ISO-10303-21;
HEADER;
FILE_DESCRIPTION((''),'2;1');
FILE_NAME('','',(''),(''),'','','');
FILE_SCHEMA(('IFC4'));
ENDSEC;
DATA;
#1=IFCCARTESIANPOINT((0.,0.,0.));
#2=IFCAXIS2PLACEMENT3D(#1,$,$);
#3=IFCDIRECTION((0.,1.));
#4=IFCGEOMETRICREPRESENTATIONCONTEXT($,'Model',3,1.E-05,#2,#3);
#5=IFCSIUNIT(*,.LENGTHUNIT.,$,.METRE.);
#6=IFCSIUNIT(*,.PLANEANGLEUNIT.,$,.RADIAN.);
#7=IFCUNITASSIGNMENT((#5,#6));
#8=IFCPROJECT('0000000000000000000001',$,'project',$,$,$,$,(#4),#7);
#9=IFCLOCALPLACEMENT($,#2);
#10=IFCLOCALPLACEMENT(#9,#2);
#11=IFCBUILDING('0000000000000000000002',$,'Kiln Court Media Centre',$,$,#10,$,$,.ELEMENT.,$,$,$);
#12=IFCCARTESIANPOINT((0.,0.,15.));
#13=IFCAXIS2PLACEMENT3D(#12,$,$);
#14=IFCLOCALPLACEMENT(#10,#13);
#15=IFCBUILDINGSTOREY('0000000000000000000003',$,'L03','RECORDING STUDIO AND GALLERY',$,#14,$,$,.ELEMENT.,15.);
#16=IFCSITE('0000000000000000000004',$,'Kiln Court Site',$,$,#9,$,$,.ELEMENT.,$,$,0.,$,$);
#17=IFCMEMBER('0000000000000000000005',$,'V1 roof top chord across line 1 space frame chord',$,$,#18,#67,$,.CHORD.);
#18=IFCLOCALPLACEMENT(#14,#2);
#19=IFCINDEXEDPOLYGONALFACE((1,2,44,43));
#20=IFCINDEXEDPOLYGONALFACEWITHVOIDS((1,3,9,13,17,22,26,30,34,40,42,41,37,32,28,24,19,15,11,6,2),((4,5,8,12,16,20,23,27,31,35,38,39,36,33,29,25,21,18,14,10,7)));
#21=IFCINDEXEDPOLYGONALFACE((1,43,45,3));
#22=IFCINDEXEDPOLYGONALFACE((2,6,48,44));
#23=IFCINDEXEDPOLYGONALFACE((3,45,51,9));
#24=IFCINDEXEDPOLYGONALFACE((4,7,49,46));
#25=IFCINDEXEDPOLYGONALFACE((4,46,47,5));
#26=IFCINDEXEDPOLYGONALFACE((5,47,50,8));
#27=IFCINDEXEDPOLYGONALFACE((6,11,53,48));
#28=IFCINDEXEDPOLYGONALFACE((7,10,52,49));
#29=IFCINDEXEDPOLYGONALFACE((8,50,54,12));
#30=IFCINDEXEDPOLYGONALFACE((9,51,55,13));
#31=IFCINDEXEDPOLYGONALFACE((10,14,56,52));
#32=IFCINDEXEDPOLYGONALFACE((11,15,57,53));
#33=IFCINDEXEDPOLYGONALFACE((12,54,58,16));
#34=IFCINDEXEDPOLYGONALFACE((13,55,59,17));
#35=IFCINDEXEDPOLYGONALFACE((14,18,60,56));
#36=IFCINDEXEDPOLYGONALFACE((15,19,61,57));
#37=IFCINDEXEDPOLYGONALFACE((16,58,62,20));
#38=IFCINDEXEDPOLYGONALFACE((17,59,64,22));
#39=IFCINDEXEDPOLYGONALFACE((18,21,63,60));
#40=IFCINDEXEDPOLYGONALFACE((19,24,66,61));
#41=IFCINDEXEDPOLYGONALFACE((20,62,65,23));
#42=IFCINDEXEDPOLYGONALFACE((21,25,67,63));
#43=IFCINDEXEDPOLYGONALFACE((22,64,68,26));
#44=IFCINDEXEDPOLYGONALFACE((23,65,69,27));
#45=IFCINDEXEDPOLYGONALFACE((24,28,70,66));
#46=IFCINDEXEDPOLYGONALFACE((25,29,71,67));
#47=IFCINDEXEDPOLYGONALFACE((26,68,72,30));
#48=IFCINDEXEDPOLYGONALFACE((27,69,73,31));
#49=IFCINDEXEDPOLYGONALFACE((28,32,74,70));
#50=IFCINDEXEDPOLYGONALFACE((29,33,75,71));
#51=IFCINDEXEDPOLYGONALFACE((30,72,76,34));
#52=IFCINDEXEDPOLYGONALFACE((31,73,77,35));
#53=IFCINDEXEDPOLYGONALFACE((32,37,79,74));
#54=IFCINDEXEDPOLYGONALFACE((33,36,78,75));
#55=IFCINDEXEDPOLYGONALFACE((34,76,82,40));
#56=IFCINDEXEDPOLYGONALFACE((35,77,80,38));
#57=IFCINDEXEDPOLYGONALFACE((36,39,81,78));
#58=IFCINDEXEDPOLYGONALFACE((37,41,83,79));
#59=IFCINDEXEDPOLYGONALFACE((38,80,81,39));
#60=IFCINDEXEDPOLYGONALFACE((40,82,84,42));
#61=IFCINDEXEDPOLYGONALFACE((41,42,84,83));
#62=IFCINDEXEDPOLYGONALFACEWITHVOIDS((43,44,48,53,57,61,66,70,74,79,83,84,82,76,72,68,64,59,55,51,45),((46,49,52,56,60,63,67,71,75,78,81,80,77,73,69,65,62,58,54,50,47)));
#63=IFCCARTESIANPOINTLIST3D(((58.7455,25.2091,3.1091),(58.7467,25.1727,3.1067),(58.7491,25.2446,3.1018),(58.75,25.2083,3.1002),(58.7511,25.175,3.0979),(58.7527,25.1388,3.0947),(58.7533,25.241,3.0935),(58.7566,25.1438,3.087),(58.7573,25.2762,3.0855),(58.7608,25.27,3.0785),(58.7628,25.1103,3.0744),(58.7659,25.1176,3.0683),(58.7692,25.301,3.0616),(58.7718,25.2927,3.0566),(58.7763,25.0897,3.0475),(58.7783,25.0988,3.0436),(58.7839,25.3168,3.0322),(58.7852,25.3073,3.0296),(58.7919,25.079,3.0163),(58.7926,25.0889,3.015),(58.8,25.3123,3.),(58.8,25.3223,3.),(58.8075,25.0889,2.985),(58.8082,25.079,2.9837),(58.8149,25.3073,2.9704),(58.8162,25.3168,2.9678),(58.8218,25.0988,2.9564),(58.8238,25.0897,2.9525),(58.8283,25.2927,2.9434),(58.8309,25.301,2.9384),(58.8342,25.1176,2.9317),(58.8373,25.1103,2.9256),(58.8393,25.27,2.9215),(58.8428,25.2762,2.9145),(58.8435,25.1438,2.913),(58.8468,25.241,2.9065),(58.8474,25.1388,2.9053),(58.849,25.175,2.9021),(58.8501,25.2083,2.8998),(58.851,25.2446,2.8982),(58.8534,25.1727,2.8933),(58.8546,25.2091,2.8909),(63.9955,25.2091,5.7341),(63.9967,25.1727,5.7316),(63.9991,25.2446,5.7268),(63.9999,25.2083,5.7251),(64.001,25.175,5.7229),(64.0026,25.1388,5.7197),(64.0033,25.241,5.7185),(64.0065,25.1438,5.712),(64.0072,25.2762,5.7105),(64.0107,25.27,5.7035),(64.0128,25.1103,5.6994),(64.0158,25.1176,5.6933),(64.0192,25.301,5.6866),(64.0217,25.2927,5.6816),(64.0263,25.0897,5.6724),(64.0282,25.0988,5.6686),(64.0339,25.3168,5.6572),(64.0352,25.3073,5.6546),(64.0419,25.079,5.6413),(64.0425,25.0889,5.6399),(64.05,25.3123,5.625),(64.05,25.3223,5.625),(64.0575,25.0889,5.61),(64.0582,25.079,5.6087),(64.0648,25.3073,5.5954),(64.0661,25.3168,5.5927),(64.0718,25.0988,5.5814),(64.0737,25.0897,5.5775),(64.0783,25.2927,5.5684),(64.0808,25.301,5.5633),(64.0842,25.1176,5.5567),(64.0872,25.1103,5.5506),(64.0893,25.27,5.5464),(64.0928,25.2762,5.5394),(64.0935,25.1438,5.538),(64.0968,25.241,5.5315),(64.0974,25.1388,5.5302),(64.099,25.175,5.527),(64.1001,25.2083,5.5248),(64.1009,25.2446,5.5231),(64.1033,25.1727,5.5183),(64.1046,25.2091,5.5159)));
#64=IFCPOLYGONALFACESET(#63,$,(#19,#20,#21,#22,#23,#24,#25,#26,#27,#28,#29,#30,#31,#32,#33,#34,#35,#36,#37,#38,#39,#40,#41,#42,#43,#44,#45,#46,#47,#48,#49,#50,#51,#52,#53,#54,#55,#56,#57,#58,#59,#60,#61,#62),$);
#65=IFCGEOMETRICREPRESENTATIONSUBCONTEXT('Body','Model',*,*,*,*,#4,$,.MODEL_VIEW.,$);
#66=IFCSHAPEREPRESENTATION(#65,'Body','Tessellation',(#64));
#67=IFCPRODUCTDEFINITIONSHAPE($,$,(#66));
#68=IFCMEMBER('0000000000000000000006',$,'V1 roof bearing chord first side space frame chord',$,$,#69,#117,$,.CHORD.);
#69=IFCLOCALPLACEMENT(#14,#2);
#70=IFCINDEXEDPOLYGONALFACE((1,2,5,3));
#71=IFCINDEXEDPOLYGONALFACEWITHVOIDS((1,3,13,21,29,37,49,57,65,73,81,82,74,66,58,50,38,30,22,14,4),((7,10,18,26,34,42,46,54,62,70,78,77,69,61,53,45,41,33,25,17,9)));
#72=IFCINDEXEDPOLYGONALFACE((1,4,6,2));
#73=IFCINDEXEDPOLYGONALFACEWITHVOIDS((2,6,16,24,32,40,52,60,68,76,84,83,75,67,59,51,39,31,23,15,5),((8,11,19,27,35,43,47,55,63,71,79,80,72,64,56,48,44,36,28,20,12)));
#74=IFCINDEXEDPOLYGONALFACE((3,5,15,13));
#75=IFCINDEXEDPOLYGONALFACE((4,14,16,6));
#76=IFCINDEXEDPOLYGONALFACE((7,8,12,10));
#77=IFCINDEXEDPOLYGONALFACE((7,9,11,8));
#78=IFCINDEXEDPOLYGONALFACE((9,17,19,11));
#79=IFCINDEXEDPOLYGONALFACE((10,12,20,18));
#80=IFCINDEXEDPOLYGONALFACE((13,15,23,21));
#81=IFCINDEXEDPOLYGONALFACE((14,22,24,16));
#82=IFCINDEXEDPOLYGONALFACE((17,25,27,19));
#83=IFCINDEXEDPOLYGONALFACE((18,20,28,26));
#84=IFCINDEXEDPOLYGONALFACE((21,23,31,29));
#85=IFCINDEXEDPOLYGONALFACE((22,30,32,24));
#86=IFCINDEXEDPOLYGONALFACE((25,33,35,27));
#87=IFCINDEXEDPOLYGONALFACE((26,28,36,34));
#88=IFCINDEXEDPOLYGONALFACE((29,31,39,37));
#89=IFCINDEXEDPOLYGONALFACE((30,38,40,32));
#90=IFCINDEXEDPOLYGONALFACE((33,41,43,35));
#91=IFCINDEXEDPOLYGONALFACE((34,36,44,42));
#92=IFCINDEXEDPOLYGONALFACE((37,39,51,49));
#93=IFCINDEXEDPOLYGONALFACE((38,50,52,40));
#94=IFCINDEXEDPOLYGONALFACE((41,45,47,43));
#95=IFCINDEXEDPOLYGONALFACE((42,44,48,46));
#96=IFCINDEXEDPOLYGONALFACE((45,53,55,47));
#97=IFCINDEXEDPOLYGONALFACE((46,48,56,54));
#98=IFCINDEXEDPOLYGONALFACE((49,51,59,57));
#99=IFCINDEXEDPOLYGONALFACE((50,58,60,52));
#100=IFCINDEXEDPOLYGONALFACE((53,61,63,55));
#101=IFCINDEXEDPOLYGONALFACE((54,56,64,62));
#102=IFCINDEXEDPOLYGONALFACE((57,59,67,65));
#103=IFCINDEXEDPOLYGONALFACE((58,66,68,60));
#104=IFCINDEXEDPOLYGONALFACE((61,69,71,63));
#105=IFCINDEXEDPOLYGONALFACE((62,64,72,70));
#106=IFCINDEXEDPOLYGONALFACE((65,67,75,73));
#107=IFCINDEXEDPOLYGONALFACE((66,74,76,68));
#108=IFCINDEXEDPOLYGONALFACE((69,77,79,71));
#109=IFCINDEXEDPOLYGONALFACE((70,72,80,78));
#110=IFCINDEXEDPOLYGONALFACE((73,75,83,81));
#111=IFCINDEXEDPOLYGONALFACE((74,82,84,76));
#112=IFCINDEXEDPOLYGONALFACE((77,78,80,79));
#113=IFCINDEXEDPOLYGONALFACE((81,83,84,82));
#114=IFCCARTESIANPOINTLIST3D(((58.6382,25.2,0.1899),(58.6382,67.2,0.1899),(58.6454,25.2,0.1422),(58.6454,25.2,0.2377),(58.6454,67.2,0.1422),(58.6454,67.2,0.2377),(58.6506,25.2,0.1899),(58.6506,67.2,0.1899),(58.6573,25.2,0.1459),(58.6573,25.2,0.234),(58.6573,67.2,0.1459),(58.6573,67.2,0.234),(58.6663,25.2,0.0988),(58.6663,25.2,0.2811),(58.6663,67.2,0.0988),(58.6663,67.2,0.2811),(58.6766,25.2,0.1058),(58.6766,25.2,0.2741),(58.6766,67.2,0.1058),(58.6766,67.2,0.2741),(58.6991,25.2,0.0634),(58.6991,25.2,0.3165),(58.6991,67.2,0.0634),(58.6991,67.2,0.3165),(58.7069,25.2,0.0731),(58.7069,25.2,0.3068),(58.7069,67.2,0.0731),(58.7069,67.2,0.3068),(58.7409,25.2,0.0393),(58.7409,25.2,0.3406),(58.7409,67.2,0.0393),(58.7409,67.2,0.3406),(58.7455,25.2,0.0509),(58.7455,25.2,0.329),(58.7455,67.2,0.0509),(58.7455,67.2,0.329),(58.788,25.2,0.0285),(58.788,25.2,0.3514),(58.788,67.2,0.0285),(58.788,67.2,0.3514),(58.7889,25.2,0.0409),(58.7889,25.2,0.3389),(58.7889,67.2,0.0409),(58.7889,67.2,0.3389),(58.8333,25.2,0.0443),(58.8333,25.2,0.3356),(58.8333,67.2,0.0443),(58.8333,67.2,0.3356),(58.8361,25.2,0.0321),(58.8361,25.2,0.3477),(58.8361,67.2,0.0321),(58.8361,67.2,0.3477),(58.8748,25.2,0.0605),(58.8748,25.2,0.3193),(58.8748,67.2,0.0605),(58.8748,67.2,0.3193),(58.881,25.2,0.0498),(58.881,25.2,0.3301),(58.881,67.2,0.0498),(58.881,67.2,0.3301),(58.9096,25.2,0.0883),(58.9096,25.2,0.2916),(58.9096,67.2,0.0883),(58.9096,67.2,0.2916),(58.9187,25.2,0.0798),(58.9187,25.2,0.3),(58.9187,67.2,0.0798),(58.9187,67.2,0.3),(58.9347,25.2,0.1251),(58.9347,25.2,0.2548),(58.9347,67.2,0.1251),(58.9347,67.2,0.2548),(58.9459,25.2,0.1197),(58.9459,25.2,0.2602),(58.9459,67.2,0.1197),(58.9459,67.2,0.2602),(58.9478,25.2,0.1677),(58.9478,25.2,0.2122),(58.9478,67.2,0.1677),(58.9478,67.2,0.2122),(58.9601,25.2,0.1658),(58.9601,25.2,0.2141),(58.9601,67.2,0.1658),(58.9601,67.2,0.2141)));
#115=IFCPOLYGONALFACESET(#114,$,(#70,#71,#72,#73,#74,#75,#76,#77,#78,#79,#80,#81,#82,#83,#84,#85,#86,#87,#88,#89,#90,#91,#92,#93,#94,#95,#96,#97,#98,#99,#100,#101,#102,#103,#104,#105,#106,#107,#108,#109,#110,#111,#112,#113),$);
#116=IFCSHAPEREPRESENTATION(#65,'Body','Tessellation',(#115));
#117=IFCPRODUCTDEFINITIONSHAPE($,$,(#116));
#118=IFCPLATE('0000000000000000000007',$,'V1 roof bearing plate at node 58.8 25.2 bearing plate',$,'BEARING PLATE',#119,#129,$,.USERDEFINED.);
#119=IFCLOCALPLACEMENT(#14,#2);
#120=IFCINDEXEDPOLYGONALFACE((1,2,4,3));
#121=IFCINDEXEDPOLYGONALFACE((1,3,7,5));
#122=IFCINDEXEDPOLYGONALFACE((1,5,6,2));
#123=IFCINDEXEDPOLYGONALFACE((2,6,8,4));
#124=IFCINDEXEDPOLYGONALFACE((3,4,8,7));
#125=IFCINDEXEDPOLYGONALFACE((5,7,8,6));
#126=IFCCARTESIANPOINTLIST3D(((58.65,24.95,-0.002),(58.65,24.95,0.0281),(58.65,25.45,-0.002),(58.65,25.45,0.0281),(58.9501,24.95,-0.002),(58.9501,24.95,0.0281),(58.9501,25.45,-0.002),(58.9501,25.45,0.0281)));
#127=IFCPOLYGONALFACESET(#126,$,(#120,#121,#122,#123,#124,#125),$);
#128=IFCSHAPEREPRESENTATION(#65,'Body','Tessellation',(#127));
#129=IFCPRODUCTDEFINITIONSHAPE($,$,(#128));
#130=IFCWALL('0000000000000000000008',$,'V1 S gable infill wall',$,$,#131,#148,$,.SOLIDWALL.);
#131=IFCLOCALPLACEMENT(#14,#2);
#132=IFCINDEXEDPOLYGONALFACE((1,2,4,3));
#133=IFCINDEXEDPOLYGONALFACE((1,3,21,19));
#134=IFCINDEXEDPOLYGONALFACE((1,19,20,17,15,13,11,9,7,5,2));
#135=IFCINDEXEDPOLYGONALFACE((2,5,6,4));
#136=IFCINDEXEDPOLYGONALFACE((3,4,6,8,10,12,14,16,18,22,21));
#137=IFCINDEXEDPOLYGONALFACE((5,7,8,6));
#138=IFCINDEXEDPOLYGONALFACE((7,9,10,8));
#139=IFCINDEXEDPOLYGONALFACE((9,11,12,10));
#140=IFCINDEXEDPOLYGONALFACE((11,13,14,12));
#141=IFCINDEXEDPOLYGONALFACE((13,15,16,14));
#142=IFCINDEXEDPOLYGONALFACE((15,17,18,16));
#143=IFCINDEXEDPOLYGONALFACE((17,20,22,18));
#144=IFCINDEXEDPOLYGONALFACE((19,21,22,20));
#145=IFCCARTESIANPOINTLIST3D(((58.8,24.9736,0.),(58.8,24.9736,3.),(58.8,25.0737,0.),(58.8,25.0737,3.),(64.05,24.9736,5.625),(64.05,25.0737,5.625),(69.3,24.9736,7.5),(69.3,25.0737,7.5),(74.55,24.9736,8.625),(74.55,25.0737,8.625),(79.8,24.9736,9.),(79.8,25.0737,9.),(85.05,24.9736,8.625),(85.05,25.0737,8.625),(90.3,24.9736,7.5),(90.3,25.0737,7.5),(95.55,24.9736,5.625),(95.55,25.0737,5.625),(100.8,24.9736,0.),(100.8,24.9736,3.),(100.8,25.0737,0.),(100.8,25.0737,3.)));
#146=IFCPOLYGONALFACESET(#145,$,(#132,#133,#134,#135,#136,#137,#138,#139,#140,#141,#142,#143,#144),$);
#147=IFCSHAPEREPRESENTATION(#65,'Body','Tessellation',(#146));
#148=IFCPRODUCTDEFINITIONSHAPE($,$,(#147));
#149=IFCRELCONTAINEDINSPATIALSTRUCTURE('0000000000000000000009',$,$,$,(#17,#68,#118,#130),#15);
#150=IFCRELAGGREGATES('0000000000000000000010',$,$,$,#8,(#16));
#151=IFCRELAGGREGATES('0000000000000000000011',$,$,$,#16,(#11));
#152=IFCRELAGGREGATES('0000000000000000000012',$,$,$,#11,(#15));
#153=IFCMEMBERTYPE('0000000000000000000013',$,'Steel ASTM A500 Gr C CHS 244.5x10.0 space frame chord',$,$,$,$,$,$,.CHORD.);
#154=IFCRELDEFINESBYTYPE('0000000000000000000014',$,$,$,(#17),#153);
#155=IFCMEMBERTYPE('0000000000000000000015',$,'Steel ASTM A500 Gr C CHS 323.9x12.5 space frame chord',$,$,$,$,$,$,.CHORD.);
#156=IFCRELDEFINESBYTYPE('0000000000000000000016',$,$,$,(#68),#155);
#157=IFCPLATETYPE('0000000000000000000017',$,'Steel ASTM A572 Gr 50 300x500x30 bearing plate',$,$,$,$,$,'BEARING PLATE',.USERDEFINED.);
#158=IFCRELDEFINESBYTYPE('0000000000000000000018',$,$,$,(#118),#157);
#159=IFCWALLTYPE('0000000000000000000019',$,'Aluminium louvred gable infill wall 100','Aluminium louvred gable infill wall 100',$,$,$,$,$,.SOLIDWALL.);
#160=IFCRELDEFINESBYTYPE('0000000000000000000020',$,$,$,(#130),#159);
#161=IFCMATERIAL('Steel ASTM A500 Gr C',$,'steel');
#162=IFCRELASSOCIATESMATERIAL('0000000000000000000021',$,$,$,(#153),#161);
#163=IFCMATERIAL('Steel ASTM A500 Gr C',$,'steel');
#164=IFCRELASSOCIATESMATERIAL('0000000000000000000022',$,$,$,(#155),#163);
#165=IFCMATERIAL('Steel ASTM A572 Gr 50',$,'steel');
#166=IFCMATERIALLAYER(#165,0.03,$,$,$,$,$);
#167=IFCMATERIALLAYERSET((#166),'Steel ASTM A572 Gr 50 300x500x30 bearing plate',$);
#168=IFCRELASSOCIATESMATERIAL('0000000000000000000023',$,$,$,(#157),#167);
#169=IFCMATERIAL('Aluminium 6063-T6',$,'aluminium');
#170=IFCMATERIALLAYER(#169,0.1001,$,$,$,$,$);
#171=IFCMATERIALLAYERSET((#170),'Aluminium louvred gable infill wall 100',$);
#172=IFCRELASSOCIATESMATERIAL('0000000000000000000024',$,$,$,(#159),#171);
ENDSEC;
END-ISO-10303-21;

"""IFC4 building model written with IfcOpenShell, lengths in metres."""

from ifc_helpers import new_model, si_unit, direction, frame, origin, origin_2d, place, context, subcontext, project, spatial, polyline, rectangle, hollow_circle, outline, extrude, material, layer, layer_set, material_profile, profile_set, type_object, element, save


model = new_model("IFC4")

# Units and contexts
model_context = context("Model", 3, precision=1e-05, world=origin(), true_north=direction((0.0, 1.0)))
body_context = subcontext(model_context, "Body", "Model", "MODEL_VIEW")
ifc_project = project(units=[si_unit("LENGTHUNIT", "METRE"), si_unit("PLANEANGLEUNIT", "RADIAN")], contexts=[model_context])

# Site, building, storey
site_placement = place(None, origin())
site = spatial("IfcSite", under=ifc_project, at=site_placement, Name="Kiln Court Site", CompositionType="ELEMENT", RefElevation=0.0)
building_placement = place(site_placement, origin())
building = spatial("IfcBuilding", under=site, at=building_placement, Name="Kiln Court Media Centre", CompositionType="ELEMENT")
storey_placement = place(building_placement, frame((0.0, 0.0, 15.0)))
storey = spatial("IfcBuildingStorey", under=building, at=storey_placement, Name="L03", Description="RECORDING STUDIO AND GALLERY", CompositionType="ELEMENT", Elevation=15.0)

# Members
ifc_material_1 = material(Name="Steel ASTM A500 Gr C", Category="steel")
ifc_material_profile_1 = material_profile(ifc_material_1, hollow_circle(Radius=0.1223, WallThickness=0.01, at=origin_2d()), Name="CHS 244.5x10.0")
ifc_profile_set_1 = profile_set([ifc_material_profile_1], Name="Steel ASTM A500 Gr C")
member_type_1 = type_object("IfcMemberType", Name="Steel ASTM A500 Gr C CHS 244.5x10.0 space frame chord", PredefinedType="CHORD", material=ifc_profile_set_1)
member_1_placement = place(storey_placement, frame((58.8, 25.2, 3.0), z_axis=(0.894427, 0.0, 0.447214), x_axis=(0.0, 1.0, 0.0)))
element("IfcMember", 1, at=member_1_placement, inside=storey, type_object=member_type_1, Name="V1 roof top chord across line 1 space frame chord", PredefinedType="CHORD", context=body_context, shape_type="SweptSolid", body=[
    extrude(hollow_circle(Radius=0.1223, WallThickness=0.01, at=origin_2d()), origin(), (0.0, 0.0, 1.0), 5.8696),
])
ifc_material_2 = material(Name="Steel ASTM A500 Gr C", Category="steel")
ifc_material_profile_2 = material_profile(ifc_material_2, hollow_circle(Radius=0.1619, WallThickness=0.0125, at=origin_2d()), Name="CHS 323.9x12.5")
ifc_profile_set_2 = profile_set([ifc_material_profile_2], Name="Steel ASTM A500 Gr C")
member_type_2 = type_object("IfcMemberType", Name="Steel ASTM A500 Gr C CHS 323.9x12.5 space frame chord", PredefinedType="CHORD", material=ifc_profile_set_2)
member_2_placement = place(storey_placement, frame((58.8, 25.2, 0.1899), z_axis=(0.0, 1.0, 0.0), x_axis=(-1.0, 0.0, 0.0)))
element("IfcMember", 2, at=member_2_placement, inside=storey, type_object=member_type_2, Name="V1 roof bearing chord first side space frame chord", PredefinedType="CHORD", context=body_context, shape_type="SweptSolid", body=[
    extrude(hollow_circle(Radius=0.1619, WallThickness=0.0125, at=origin_2d()), origin(), (0.0, 0.0, 1.0), 42.0),
])

# Plate
ifc_material_3 = material(Name="Steel ASTM A572 Gr 50", Category="steel")
ifc_layer_1 = layer(ifc_material_3, 0.03)
ifc_layer_set_1 = layer_set([ifc_layer_1], Name="Steel ASTM A572 Gr 50 300x500x30 bearing plate")
plate_type = type_object("IfcPlateType", Name="Steel ASTM A572 Gr 50 300x500x30 bearing plate", ElementType="BEARING PLATE", PredefinedType="USERDEFINED", material=ifc_layer_set_1)
plate_placement = place(storey_placement, frame((58.8, 25.2, -0.002), z_axis=(0.0, 0.0, 1.0), x_axis=(1.0, 0.0, 0.0)))
element("IfcPlate", 3, at=plate_placement, inside=storey, type_object=plate_type, Name="V1 roof bearing plate at node 58.8 25.2 bearing plate", ObjectType="BEARING PLATE", PredefinedType="USERDEFINED", context=body_context, shape_type="SweptSolid", body=[
    extrude(rectangle(XDim=0.3, YDim=0.5, at=origin_2d()), origin(), (0.0, 0.0, 1.0), 0.03),
])

# Wall
ifc_material_4 = material(Name="Aluminium 6063-T6", Category="aluminium")
ifc_layer_2 = layer(ifc_material_4, 0.1001)
ifc_layer_set_2 = layer_set([ifc_layer_2], Name="Aluminium louvred gable infill wall 100")
wall_type_1 = type_object("IfcWallType", Name="Aluminium louvred gable infill wall 100", Description="Aluminium louvred gable infill wall 100", PredefinedType="SOLIDWALL", material=ifc_layer_set_2)
wall_1_placement = place(storey_placement, frame((58.8, 25.0237, 0.0), z_axis=(0.0, 0.0, 1.0), x_axis=(1.0, 0.0, 0.0)))
element("IfcWall", 4, at=wall_1_placement, inside=storey, type_object=wall_type_1, Name="V1 S gable infill wall", PredefinedType="SOLIDWALL", context=body_context, shape_type="SweptSolid", body=[
    extrude(outline(polyline([(0.0, 0.0), (42.0, 0.0), (42.0, 3.0), (36.75, 5.625), (31.5, 7.5), (26.25, 8.625), (21.0, 9.0), (15.75, 8.625), (10.5, 7.5), (5.25, 5.625), (0.0, 3.0), (0.0, 0.0)])), frame((0.0, 0.05, 0.0), z_axis=(0.0, -1.0, 0.0), x_axis=(1.0, 0.0, 0.0)), (0.0, 0.0, 1.0), 0.1001),
])

save(model, "model.ifc")
